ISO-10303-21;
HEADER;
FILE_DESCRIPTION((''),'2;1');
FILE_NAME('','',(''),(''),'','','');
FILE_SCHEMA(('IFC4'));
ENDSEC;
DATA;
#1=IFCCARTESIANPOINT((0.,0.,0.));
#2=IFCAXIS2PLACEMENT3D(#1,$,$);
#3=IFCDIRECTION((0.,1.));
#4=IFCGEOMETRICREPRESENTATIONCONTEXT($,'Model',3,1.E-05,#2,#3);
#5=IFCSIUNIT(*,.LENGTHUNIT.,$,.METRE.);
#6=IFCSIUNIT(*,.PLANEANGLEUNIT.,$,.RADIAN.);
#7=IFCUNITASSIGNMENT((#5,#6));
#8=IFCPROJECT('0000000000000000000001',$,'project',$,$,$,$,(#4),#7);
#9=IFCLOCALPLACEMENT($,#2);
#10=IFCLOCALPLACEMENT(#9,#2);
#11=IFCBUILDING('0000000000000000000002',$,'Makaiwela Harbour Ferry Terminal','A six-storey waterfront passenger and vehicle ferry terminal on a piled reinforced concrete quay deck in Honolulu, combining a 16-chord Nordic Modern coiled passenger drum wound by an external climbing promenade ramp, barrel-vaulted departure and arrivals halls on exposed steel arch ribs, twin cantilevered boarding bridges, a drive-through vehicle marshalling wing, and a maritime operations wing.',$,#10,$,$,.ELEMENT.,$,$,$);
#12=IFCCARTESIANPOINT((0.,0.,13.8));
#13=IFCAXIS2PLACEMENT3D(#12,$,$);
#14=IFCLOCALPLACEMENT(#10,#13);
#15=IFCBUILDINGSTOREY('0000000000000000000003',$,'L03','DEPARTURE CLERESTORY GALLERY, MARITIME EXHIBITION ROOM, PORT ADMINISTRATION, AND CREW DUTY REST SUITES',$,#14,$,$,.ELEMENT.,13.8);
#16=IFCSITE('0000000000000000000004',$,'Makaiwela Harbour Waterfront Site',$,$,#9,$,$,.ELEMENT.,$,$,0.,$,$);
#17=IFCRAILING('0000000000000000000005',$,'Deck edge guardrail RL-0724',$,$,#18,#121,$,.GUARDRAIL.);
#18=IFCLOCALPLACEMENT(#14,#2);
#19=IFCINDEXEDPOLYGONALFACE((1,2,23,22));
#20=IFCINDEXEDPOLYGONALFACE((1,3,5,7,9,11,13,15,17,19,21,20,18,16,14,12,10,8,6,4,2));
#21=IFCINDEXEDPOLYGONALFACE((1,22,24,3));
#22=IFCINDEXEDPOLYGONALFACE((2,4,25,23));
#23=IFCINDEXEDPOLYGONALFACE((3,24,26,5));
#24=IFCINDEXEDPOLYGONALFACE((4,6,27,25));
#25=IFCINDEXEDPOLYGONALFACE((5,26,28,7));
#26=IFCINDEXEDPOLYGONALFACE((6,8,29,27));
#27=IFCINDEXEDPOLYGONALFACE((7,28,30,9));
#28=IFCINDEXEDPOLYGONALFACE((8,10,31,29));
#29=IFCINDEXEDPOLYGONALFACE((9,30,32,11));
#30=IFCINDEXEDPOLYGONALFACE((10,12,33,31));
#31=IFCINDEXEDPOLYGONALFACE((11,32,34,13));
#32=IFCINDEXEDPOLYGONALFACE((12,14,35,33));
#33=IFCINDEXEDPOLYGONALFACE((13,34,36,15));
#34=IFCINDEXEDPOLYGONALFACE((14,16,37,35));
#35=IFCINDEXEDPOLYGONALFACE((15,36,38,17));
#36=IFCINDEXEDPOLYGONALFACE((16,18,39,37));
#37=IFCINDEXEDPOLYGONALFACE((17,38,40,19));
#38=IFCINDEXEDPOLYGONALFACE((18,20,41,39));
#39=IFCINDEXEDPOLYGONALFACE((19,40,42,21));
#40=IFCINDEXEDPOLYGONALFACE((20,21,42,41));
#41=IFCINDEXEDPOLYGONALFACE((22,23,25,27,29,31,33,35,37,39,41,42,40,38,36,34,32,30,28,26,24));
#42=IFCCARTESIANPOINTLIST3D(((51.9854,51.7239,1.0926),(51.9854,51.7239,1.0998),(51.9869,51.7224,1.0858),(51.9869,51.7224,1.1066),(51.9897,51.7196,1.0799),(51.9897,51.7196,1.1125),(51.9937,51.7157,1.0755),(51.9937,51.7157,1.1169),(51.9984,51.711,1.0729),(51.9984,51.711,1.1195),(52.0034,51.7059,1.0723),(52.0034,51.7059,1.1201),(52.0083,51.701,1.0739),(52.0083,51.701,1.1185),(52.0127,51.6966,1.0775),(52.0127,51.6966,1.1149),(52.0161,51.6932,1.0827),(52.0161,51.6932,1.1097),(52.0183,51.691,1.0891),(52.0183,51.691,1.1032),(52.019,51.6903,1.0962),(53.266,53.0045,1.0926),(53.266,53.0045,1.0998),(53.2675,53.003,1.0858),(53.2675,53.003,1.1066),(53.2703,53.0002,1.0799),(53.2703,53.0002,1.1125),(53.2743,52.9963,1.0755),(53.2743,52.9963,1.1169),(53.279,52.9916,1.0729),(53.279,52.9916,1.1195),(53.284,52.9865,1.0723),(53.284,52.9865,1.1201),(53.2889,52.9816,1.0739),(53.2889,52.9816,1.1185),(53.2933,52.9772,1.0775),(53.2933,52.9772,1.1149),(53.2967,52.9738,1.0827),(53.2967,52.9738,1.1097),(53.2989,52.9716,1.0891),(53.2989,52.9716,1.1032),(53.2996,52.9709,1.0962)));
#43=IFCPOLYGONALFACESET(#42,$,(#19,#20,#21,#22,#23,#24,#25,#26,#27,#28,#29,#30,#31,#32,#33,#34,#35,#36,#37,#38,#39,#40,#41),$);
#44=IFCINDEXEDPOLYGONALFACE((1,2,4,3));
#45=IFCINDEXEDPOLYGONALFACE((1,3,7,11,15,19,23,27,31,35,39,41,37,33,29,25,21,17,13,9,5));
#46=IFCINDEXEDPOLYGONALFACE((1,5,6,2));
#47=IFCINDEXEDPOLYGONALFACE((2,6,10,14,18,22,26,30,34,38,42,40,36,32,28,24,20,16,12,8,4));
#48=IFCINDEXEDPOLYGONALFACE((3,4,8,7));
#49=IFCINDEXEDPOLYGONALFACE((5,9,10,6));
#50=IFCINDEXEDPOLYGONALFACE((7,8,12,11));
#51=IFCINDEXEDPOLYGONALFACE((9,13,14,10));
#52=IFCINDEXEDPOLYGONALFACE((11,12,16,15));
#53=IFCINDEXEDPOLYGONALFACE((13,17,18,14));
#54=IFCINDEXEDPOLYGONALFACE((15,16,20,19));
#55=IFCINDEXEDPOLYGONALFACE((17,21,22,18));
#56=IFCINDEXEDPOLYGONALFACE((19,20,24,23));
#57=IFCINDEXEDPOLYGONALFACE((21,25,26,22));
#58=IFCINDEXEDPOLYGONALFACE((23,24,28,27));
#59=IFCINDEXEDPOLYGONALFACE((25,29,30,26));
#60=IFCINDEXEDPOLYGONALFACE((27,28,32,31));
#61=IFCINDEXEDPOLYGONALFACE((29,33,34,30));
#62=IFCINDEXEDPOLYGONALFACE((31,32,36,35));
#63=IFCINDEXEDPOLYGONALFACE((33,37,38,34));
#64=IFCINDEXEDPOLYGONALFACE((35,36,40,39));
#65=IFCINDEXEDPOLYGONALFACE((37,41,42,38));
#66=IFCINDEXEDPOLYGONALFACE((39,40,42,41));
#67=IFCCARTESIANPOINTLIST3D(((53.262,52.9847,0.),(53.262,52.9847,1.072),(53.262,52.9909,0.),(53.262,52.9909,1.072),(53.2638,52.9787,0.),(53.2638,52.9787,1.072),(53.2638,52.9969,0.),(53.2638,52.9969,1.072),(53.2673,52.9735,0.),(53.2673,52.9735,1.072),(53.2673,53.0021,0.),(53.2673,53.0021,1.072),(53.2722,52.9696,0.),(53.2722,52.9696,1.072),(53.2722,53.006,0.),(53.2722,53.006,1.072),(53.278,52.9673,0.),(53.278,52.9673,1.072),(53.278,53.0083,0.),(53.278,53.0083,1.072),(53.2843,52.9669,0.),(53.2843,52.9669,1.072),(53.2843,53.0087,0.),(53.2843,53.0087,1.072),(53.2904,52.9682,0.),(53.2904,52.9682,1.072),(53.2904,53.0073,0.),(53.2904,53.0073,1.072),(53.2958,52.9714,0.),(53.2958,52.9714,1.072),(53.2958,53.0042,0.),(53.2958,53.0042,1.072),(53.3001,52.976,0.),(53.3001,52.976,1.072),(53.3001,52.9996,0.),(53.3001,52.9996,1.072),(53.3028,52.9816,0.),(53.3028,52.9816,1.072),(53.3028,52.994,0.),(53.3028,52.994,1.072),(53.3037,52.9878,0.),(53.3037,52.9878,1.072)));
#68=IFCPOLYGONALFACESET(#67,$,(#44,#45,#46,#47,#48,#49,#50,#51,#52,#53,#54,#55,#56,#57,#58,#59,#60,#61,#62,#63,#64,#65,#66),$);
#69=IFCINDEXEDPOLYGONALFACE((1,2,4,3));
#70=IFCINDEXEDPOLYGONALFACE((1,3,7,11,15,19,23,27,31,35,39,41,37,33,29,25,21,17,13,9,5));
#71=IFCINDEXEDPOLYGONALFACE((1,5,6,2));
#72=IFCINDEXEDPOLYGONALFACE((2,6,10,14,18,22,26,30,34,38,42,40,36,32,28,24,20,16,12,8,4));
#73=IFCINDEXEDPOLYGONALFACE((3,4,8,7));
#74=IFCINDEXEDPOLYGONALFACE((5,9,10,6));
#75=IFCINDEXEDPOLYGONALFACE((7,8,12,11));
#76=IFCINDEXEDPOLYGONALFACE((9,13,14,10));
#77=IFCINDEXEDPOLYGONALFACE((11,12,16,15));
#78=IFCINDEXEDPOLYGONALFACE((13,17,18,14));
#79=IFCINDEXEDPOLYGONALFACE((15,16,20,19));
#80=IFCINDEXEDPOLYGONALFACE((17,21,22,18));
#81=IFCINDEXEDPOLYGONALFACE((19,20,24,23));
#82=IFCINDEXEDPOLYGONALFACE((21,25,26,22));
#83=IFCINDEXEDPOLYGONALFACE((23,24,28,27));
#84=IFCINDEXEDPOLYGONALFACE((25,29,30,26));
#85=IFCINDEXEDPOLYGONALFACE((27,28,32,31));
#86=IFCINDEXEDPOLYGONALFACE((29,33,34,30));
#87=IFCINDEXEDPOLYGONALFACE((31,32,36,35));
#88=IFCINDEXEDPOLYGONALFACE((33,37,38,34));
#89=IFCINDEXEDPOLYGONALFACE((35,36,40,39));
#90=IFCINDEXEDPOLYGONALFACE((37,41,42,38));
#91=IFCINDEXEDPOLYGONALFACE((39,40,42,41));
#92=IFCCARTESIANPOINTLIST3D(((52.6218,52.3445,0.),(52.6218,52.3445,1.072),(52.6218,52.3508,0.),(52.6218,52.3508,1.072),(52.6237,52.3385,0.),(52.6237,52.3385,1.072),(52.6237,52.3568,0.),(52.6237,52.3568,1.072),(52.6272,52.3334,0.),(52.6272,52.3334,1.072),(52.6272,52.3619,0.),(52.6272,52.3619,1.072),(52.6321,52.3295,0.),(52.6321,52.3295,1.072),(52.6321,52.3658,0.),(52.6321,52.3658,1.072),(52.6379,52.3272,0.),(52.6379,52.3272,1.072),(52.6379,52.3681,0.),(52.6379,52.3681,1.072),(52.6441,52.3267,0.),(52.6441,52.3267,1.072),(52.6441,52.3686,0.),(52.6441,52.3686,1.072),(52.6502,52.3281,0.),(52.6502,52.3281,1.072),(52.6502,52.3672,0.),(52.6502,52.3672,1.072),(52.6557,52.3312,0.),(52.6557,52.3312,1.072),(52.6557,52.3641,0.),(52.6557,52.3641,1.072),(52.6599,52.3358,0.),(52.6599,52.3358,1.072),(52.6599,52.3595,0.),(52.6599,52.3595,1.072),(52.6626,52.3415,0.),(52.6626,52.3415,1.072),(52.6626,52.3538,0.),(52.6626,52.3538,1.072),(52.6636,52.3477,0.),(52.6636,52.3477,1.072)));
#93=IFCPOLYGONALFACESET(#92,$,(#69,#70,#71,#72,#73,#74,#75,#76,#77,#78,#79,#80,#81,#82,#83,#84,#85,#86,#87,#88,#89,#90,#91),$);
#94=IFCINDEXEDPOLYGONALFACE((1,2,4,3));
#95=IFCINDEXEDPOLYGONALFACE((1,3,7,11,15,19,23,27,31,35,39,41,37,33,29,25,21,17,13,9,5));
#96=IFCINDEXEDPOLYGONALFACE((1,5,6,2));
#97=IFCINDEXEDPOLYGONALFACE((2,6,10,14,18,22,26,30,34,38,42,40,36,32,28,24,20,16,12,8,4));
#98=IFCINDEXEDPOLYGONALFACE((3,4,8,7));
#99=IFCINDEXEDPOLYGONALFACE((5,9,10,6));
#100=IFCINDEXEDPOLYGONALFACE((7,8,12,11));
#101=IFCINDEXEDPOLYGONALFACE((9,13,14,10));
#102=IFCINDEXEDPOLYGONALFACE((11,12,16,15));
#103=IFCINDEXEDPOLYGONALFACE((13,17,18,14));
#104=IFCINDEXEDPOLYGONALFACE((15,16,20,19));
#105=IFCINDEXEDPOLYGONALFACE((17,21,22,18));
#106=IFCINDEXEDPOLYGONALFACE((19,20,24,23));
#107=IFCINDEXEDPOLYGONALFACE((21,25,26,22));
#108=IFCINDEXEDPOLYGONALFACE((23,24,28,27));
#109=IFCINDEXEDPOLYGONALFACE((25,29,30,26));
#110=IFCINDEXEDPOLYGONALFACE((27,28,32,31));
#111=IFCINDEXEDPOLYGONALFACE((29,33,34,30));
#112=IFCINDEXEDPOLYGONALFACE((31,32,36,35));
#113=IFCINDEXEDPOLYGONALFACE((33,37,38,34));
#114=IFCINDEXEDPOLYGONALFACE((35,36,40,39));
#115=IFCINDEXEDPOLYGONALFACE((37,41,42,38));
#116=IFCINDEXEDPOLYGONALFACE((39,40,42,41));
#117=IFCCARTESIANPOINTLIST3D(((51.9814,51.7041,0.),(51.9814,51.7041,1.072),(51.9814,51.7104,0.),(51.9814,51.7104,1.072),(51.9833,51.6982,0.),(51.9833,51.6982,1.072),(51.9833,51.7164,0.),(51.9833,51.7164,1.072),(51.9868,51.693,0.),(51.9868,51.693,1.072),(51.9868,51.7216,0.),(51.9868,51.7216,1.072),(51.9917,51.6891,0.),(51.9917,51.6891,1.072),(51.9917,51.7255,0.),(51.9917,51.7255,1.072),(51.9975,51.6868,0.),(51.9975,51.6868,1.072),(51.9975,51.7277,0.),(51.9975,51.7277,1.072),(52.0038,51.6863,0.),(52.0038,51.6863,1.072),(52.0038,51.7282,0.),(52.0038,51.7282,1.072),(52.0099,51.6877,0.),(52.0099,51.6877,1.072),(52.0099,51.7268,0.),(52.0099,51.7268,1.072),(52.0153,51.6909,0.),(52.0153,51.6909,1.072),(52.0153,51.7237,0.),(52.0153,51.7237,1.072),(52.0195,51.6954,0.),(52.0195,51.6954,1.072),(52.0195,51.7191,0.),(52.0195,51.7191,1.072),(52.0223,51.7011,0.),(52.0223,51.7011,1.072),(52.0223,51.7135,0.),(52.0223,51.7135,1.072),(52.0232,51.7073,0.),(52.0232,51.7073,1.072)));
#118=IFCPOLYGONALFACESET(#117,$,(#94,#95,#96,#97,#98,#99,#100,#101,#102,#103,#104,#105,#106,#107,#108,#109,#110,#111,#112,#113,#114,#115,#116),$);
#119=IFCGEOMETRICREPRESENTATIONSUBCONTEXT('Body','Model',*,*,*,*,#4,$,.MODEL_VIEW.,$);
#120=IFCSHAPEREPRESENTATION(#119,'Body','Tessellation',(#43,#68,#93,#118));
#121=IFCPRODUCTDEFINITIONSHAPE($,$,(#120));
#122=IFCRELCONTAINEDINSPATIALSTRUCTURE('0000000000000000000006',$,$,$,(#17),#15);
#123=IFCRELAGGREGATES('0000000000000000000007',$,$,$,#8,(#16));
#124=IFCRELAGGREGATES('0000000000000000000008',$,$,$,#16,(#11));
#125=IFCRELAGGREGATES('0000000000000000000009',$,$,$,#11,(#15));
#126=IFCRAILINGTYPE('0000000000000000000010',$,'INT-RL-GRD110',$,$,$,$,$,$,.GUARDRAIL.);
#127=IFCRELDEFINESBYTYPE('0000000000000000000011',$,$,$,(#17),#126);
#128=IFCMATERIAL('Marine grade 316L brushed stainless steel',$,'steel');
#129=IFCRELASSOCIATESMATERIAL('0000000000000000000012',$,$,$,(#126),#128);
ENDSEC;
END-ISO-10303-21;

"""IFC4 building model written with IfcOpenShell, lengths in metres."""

from ifc_helpers import new_model, si_unit, direction, frame, origin, origin_2d, place, context, subcontext, project, spatial, circle, extrude, material, type_object, element, save


model = new_model("IFC4")

# Units and contexts
model_context = context("Model", 3, precision=1e-05, world=origin(), true_north=direction((0.0, 1.0)))
body_context = subcontext(model_context, "Body", "Model", "MODEL_VIEW")
ifc_project = project(units=[si_unit("LENGTHUNIT", "METRE"), si_unit("PLANEANGLEUNIT", "RADIAN")], contexts=[model_context])

# Site, building, storey
site_placement = place(None, origin())
site = spatial("IfcSite", under=ifc_project, at=site_placement, Name="Makaiwela Harbour Waterfront Site", CompositionType="ELEMENT", RefElevation=0.0)
building_placement = place(site_placement, origin())
building = spatial("IfcBuilding", under=site, at=building_placement, Name="Makaiwela Harbour Ferry Terminal", Description="A six-storey waterfront passenger and vehicle ferry terminal on a piled reinforced concrete quay deck in Honolulu, combining a 16-chord Nordic Modern coiled passenger drum wound by an external climbing promenade ramp, barrel-vaulted departure and arrivals halls on exposed steel arch ribs, twin cantilevered boarding bridges, a drive-through vehicle marshalling wing, and a maritime operations wing.", CompositionType="ELEMENT")
storey_placement = place(building_placement, frame((0.0, 0.0, 13.8)))
storey = spatial("IfcBuildingStorey", under=building, at=storey_placement, Name="L03", Description="DEPARTURE CLERESTORY GALLERY, MARITIME EXHIBITION ROOM, PORT ADMINISTRATION, AND CREW DUTY REST SUITES", CompositionType="ELEMENT", Elevation=13.8)

# Railing
ifc_material_1 = material(Name="Marine grade 316L brushed stainless steel", Category="steel")
railing_type = type_object("IfcRailingType", Name="INT-RL-GRD110", PredefinedType="GUARDRAIL", material=ifc_material_1)
railing_1_placement = place(storey_placement, frame((53.2827, 52.9878, 0.0)))
element("IfcRailing", 1, at=railing_1_placement, inside=storey, type_object=railing_type, Name="Deck edge guardrail RL-0724", PredefinedType="GUARDRAIL", context=body_context, shape_type="SweptSolid", body=[
    extrude(circle(Radius=0.0239, at=origin_2d()), frame((0.0, 0.0, 1.0962), z_axis=(-0.707107, -0.707107, 0.0), x_axis=(0.707107, -0.707107, 0.0)), (0.0, 0.0, 1.0), 1.811),
    extrude(circle(Radius=0.021, at=origin_2d()), origin(), (0.0, 0.0, 1.0), 1.072),
    extrude(circle(Radius=0.021, at=origin_2d()), frame((-0.6401, -0.6401, 0.0)), (0.0, 0.0, 1.0), 1.072),
    extrude(circle(Radius=0.021, at=origin_2d()), frame((-1.2805, -1.2805, 0.0)), (0.0, 0.0, 1.0), 1.072),
])

save(model, "model.ifc")
